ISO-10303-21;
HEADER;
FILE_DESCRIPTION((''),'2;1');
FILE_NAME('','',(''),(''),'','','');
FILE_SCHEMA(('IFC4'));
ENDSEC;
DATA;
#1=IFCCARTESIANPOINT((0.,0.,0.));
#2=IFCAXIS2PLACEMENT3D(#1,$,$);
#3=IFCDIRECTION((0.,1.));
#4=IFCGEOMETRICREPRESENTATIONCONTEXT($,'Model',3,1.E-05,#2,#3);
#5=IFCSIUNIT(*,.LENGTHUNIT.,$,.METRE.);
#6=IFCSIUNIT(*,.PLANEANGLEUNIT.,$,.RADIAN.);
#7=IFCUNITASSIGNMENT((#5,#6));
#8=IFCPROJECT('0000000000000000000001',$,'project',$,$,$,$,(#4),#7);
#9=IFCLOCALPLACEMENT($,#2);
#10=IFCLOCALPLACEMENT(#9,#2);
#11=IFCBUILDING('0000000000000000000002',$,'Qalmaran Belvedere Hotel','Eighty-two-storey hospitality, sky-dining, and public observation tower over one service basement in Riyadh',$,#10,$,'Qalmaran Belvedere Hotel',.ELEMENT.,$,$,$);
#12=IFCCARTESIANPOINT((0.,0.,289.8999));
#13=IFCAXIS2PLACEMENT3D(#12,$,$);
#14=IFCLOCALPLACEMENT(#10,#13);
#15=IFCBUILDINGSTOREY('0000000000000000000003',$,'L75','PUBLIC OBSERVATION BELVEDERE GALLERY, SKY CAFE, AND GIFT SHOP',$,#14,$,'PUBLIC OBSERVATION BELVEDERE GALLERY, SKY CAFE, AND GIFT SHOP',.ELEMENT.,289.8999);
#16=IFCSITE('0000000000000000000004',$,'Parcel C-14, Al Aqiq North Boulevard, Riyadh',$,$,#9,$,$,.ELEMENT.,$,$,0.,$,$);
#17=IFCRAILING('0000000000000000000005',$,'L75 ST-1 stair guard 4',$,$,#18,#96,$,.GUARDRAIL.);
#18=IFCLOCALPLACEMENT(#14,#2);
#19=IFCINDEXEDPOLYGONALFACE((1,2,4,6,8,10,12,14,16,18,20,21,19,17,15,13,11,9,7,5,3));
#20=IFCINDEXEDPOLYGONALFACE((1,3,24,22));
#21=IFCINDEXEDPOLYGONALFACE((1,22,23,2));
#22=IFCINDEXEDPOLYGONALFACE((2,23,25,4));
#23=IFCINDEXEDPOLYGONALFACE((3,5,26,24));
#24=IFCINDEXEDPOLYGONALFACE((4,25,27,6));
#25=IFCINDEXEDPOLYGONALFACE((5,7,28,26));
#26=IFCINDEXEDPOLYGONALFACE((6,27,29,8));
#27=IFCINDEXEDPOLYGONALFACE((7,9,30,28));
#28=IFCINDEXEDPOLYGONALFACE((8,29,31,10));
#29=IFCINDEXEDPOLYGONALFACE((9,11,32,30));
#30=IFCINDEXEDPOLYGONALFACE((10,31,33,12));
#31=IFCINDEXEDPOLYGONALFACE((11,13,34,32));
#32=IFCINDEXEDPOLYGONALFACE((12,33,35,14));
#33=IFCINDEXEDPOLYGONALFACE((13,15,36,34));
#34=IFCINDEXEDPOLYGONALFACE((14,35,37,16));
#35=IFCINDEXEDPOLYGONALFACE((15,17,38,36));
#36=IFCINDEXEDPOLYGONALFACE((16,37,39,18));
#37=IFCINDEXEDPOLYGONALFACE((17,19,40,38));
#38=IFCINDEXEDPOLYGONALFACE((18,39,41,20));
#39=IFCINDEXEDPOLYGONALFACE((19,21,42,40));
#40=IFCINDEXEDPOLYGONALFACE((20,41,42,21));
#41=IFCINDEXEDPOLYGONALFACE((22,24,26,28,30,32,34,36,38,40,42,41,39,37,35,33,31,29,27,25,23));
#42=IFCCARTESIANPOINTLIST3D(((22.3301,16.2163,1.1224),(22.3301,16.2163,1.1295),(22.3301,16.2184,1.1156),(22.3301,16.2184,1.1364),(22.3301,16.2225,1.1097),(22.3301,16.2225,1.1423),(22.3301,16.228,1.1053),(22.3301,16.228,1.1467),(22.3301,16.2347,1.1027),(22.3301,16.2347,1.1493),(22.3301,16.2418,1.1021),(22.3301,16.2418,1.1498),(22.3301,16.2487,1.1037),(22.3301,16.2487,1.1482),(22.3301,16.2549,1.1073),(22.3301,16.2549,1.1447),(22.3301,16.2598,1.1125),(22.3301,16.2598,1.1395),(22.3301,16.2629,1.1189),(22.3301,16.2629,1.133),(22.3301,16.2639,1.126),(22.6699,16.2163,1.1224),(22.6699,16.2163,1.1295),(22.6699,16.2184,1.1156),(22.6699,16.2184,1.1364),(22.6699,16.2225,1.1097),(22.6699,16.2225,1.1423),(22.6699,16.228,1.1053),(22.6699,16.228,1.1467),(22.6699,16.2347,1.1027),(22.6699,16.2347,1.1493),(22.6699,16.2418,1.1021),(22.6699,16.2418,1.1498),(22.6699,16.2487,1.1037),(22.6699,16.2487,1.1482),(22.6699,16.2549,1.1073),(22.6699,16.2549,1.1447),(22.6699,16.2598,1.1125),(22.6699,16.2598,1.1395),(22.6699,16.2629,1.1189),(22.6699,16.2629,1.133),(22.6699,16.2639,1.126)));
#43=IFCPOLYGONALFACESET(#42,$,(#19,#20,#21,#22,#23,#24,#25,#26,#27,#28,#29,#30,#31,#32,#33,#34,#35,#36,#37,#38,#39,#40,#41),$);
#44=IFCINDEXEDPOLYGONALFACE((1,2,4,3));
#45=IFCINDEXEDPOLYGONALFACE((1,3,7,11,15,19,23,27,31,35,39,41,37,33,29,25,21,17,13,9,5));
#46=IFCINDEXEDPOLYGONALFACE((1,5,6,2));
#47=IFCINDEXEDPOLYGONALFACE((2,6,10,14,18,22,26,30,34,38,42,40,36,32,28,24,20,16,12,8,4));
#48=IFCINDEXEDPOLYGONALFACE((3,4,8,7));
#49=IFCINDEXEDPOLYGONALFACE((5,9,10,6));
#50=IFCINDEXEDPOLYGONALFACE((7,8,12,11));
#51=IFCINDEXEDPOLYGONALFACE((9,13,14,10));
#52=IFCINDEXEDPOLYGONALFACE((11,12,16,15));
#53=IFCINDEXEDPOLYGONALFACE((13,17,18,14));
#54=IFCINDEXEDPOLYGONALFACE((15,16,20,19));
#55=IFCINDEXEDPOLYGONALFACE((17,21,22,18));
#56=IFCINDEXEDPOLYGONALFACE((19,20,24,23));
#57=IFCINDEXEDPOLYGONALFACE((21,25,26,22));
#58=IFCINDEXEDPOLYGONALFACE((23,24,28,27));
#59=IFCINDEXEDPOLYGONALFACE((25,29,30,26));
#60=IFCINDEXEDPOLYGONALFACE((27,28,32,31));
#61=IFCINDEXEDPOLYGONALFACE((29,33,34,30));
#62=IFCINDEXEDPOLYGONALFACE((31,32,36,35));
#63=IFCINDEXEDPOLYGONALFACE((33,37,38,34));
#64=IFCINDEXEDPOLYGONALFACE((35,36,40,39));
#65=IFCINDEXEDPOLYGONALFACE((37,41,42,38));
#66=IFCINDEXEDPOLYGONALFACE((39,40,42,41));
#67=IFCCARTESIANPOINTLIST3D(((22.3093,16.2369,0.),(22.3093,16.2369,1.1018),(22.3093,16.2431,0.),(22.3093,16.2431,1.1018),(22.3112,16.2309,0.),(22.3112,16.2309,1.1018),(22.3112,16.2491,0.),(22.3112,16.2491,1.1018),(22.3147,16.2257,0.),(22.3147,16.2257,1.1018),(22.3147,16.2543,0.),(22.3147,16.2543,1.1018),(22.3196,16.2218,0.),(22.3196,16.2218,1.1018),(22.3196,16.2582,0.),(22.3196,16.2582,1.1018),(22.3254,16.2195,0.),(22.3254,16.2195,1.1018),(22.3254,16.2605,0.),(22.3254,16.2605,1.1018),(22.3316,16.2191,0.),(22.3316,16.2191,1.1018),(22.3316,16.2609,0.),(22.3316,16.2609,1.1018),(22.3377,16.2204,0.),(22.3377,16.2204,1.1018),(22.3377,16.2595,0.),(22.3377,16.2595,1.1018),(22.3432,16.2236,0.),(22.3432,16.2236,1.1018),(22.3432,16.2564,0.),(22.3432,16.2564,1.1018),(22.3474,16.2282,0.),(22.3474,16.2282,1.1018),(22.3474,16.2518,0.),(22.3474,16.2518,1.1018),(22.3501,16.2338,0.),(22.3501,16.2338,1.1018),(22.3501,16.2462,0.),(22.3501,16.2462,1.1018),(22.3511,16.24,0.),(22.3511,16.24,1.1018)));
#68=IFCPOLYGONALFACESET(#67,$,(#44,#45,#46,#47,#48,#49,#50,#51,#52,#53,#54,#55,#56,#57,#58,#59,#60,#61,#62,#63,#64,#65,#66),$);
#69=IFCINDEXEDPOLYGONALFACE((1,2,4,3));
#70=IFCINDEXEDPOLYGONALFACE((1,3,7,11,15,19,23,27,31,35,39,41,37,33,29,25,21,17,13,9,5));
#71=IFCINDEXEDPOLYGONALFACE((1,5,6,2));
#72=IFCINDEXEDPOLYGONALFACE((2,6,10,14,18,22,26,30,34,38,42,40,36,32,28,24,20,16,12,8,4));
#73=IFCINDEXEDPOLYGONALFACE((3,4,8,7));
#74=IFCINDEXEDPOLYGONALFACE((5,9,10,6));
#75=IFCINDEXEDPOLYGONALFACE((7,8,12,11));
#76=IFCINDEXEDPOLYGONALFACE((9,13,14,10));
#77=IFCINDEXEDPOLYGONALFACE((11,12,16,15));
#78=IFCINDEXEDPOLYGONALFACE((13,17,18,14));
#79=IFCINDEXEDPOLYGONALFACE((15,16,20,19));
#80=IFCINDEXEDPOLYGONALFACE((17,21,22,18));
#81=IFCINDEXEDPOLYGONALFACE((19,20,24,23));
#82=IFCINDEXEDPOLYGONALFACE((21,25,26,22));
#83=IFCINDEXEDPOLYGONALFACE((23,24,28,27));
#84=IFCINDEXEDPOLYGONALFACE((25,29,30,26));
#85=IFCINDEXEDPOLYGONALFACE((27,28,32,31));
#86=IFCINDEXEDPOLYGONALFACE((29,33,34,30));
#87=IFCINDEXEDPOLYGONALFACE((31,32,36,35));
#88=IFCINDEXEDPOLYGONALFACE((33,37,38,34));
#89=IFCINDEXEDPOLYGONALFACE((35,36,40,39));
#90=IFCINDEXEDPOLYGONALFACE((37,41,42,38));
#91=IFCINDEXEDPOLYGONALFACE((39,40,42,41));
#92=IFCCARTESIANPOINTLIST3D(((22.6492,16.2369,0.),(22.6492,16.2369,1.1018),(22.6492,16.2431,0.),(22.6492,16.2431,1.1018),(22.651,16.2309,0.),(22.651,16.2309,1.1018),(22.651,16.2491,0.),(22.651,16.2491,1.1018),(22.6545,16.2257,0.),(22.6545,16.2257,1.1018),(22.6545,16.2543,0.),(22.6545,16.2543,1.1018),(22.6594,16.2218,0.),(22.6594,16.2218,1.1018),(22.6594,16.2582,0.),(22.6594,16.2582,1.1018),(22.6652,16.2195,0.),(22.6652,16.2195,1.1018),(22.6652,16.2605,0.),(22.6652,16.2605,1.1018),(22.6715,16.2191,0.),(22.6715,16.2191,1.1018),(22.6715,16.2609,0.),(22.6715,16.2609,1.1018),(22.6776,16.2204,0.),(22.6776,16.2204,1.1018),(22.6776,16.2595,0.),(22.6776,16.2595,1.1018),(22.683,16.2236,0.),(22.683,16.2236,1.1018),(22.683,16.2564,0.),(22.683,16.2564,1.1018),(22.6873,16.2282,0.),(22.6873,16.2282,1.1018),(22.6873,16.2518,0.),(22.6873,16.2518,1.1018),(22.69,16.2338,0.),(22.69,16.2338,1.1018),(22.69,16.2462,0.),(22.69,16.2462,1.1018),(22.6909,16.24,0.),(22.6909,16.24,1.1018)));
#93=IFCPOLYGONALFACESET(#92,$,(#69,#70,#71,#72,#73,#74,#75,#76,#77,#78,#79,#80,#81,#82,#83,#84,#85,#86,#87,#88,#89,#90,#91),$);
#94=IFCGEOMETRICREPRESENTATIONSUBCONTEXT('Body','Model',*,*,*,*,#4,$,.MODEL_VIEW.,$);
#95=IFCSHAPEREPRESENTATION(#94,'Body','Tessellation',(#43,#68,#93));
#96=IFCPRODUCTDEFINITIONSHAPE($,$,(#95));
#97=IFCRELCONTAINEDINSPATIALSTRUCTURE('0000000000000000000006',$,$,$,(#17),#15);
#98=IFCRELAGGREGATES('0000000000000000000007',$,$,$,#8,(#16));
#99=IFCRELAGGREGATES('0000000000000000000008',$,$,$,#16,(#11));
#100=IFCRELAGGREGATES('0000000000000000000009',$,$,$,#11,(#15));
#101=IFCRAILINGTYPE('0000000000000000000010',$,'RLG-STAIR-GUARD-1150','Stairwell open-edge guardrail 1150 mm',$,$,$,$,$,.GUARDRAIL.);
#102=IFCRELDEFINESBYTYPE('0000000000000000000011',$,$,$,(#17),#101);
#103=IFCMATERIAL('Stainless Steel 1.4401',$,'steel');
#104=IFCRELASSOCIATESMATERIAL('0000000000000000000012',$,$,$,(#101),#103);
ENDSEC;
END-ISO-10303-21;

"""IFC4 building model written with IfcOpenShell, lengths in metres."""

from ifc_helpers import new_model, si_unit, direction, frame, origin, origin_2d, place, context, subcontext, project, spatial, circle, extrude, material, type_object, element, save


model = new_model("IFC4")

# Units and contexts
model_context = context("Model", 3, precision=1e-05, world=origin(), true_north=direction((0.0, 1.0)))
body_context = subcontext(model_context, "Body", "Model", "MODEL_VIEW")
ifc_project = project(units=[si_unit("LENGTHUNIT", "METRE"), si_unit("PLANEANGLEUNIT", "RADIAN")], contexts=[model_context])

# Site, building, storey
site_placement = place(None, origin())
site = spatial("IfcSite", under=ifc_project, at=site_placement, Name="Parcel C-14, Al Aqiq North Boulevard, Riyadh", CompositionType="ELEMENT", RefElevation=0.0)
building_placement = place(site_placement, origin())
building = spatial("IfcBuilding", under=site, at=building_placement, Name="Qalmaran Belvedere Hotel", Description="Eighty-two-storey hospitality, sky-dining, and public observation tower over one service basement in Riyadh", LongName="Qalmaran Belvedere Hotel", CompositionType="ELEMENT")
storey_placement = place(building_placement, frame((0.0, 0.0, 289.8999)))
storey = spatial("IfcBuildingStorey", under=building, at=storey_placement, Name="L75", Description="PUBLIC OBSERVATION BELVEDERE GALLERY, SKY CAFE, AND GIFT SHOP", LongName="PUBLIC OBSERVATION BELVEDERE GALLERY, SKY CAFE, AND GIFT SHOP", CompositionType="ELEMENT", Elevation=289.8999)

# Railing
ifc_material_1 = material(Name="Stainless Steel 1.4401", Category="steel")
railing_type_1 = type_object("IfcRailingType", Name="RLG-STAIR-GUARD-1150", Description="Stairwell open-edge guardrail 1150 mm", PredefinedType="GUARDRAIL", material=ifc_material_1)
railing_1_placement = place(storey_placement, frame((22.3301, 16.24, 0.0)))
element("IfcRailing", 1, at=railing_1_placement, inside=storey, type_object=railing_type_1, Name="L75 ST-1 stair guard 4", PredefinedType="GUARDRAIL", context=body_context, shape_type="SweptSolid", body=[
    extrude(circle(Radius=0.0239, at=origin_2d()), frame((0.0, 0.0, 1.126), z_axis=(1.0, 0.0, 0.0), x_axis=(0.0, 1.0, 0.0)), (0.0, 0.0, 1.0), 0.3398),
    extrude(circle(Radius=0.021, at=origin_2d()), origin(), (0.0, 0.0, 1.0), 1.1018),
    extrude(circle(Radius=0.021, at=origin_2d()), frame((0.3398, 0.0, 0.0)), (0.0, 0.0, 1.0), 1.1018),
])

save(model, "model.ifc")
